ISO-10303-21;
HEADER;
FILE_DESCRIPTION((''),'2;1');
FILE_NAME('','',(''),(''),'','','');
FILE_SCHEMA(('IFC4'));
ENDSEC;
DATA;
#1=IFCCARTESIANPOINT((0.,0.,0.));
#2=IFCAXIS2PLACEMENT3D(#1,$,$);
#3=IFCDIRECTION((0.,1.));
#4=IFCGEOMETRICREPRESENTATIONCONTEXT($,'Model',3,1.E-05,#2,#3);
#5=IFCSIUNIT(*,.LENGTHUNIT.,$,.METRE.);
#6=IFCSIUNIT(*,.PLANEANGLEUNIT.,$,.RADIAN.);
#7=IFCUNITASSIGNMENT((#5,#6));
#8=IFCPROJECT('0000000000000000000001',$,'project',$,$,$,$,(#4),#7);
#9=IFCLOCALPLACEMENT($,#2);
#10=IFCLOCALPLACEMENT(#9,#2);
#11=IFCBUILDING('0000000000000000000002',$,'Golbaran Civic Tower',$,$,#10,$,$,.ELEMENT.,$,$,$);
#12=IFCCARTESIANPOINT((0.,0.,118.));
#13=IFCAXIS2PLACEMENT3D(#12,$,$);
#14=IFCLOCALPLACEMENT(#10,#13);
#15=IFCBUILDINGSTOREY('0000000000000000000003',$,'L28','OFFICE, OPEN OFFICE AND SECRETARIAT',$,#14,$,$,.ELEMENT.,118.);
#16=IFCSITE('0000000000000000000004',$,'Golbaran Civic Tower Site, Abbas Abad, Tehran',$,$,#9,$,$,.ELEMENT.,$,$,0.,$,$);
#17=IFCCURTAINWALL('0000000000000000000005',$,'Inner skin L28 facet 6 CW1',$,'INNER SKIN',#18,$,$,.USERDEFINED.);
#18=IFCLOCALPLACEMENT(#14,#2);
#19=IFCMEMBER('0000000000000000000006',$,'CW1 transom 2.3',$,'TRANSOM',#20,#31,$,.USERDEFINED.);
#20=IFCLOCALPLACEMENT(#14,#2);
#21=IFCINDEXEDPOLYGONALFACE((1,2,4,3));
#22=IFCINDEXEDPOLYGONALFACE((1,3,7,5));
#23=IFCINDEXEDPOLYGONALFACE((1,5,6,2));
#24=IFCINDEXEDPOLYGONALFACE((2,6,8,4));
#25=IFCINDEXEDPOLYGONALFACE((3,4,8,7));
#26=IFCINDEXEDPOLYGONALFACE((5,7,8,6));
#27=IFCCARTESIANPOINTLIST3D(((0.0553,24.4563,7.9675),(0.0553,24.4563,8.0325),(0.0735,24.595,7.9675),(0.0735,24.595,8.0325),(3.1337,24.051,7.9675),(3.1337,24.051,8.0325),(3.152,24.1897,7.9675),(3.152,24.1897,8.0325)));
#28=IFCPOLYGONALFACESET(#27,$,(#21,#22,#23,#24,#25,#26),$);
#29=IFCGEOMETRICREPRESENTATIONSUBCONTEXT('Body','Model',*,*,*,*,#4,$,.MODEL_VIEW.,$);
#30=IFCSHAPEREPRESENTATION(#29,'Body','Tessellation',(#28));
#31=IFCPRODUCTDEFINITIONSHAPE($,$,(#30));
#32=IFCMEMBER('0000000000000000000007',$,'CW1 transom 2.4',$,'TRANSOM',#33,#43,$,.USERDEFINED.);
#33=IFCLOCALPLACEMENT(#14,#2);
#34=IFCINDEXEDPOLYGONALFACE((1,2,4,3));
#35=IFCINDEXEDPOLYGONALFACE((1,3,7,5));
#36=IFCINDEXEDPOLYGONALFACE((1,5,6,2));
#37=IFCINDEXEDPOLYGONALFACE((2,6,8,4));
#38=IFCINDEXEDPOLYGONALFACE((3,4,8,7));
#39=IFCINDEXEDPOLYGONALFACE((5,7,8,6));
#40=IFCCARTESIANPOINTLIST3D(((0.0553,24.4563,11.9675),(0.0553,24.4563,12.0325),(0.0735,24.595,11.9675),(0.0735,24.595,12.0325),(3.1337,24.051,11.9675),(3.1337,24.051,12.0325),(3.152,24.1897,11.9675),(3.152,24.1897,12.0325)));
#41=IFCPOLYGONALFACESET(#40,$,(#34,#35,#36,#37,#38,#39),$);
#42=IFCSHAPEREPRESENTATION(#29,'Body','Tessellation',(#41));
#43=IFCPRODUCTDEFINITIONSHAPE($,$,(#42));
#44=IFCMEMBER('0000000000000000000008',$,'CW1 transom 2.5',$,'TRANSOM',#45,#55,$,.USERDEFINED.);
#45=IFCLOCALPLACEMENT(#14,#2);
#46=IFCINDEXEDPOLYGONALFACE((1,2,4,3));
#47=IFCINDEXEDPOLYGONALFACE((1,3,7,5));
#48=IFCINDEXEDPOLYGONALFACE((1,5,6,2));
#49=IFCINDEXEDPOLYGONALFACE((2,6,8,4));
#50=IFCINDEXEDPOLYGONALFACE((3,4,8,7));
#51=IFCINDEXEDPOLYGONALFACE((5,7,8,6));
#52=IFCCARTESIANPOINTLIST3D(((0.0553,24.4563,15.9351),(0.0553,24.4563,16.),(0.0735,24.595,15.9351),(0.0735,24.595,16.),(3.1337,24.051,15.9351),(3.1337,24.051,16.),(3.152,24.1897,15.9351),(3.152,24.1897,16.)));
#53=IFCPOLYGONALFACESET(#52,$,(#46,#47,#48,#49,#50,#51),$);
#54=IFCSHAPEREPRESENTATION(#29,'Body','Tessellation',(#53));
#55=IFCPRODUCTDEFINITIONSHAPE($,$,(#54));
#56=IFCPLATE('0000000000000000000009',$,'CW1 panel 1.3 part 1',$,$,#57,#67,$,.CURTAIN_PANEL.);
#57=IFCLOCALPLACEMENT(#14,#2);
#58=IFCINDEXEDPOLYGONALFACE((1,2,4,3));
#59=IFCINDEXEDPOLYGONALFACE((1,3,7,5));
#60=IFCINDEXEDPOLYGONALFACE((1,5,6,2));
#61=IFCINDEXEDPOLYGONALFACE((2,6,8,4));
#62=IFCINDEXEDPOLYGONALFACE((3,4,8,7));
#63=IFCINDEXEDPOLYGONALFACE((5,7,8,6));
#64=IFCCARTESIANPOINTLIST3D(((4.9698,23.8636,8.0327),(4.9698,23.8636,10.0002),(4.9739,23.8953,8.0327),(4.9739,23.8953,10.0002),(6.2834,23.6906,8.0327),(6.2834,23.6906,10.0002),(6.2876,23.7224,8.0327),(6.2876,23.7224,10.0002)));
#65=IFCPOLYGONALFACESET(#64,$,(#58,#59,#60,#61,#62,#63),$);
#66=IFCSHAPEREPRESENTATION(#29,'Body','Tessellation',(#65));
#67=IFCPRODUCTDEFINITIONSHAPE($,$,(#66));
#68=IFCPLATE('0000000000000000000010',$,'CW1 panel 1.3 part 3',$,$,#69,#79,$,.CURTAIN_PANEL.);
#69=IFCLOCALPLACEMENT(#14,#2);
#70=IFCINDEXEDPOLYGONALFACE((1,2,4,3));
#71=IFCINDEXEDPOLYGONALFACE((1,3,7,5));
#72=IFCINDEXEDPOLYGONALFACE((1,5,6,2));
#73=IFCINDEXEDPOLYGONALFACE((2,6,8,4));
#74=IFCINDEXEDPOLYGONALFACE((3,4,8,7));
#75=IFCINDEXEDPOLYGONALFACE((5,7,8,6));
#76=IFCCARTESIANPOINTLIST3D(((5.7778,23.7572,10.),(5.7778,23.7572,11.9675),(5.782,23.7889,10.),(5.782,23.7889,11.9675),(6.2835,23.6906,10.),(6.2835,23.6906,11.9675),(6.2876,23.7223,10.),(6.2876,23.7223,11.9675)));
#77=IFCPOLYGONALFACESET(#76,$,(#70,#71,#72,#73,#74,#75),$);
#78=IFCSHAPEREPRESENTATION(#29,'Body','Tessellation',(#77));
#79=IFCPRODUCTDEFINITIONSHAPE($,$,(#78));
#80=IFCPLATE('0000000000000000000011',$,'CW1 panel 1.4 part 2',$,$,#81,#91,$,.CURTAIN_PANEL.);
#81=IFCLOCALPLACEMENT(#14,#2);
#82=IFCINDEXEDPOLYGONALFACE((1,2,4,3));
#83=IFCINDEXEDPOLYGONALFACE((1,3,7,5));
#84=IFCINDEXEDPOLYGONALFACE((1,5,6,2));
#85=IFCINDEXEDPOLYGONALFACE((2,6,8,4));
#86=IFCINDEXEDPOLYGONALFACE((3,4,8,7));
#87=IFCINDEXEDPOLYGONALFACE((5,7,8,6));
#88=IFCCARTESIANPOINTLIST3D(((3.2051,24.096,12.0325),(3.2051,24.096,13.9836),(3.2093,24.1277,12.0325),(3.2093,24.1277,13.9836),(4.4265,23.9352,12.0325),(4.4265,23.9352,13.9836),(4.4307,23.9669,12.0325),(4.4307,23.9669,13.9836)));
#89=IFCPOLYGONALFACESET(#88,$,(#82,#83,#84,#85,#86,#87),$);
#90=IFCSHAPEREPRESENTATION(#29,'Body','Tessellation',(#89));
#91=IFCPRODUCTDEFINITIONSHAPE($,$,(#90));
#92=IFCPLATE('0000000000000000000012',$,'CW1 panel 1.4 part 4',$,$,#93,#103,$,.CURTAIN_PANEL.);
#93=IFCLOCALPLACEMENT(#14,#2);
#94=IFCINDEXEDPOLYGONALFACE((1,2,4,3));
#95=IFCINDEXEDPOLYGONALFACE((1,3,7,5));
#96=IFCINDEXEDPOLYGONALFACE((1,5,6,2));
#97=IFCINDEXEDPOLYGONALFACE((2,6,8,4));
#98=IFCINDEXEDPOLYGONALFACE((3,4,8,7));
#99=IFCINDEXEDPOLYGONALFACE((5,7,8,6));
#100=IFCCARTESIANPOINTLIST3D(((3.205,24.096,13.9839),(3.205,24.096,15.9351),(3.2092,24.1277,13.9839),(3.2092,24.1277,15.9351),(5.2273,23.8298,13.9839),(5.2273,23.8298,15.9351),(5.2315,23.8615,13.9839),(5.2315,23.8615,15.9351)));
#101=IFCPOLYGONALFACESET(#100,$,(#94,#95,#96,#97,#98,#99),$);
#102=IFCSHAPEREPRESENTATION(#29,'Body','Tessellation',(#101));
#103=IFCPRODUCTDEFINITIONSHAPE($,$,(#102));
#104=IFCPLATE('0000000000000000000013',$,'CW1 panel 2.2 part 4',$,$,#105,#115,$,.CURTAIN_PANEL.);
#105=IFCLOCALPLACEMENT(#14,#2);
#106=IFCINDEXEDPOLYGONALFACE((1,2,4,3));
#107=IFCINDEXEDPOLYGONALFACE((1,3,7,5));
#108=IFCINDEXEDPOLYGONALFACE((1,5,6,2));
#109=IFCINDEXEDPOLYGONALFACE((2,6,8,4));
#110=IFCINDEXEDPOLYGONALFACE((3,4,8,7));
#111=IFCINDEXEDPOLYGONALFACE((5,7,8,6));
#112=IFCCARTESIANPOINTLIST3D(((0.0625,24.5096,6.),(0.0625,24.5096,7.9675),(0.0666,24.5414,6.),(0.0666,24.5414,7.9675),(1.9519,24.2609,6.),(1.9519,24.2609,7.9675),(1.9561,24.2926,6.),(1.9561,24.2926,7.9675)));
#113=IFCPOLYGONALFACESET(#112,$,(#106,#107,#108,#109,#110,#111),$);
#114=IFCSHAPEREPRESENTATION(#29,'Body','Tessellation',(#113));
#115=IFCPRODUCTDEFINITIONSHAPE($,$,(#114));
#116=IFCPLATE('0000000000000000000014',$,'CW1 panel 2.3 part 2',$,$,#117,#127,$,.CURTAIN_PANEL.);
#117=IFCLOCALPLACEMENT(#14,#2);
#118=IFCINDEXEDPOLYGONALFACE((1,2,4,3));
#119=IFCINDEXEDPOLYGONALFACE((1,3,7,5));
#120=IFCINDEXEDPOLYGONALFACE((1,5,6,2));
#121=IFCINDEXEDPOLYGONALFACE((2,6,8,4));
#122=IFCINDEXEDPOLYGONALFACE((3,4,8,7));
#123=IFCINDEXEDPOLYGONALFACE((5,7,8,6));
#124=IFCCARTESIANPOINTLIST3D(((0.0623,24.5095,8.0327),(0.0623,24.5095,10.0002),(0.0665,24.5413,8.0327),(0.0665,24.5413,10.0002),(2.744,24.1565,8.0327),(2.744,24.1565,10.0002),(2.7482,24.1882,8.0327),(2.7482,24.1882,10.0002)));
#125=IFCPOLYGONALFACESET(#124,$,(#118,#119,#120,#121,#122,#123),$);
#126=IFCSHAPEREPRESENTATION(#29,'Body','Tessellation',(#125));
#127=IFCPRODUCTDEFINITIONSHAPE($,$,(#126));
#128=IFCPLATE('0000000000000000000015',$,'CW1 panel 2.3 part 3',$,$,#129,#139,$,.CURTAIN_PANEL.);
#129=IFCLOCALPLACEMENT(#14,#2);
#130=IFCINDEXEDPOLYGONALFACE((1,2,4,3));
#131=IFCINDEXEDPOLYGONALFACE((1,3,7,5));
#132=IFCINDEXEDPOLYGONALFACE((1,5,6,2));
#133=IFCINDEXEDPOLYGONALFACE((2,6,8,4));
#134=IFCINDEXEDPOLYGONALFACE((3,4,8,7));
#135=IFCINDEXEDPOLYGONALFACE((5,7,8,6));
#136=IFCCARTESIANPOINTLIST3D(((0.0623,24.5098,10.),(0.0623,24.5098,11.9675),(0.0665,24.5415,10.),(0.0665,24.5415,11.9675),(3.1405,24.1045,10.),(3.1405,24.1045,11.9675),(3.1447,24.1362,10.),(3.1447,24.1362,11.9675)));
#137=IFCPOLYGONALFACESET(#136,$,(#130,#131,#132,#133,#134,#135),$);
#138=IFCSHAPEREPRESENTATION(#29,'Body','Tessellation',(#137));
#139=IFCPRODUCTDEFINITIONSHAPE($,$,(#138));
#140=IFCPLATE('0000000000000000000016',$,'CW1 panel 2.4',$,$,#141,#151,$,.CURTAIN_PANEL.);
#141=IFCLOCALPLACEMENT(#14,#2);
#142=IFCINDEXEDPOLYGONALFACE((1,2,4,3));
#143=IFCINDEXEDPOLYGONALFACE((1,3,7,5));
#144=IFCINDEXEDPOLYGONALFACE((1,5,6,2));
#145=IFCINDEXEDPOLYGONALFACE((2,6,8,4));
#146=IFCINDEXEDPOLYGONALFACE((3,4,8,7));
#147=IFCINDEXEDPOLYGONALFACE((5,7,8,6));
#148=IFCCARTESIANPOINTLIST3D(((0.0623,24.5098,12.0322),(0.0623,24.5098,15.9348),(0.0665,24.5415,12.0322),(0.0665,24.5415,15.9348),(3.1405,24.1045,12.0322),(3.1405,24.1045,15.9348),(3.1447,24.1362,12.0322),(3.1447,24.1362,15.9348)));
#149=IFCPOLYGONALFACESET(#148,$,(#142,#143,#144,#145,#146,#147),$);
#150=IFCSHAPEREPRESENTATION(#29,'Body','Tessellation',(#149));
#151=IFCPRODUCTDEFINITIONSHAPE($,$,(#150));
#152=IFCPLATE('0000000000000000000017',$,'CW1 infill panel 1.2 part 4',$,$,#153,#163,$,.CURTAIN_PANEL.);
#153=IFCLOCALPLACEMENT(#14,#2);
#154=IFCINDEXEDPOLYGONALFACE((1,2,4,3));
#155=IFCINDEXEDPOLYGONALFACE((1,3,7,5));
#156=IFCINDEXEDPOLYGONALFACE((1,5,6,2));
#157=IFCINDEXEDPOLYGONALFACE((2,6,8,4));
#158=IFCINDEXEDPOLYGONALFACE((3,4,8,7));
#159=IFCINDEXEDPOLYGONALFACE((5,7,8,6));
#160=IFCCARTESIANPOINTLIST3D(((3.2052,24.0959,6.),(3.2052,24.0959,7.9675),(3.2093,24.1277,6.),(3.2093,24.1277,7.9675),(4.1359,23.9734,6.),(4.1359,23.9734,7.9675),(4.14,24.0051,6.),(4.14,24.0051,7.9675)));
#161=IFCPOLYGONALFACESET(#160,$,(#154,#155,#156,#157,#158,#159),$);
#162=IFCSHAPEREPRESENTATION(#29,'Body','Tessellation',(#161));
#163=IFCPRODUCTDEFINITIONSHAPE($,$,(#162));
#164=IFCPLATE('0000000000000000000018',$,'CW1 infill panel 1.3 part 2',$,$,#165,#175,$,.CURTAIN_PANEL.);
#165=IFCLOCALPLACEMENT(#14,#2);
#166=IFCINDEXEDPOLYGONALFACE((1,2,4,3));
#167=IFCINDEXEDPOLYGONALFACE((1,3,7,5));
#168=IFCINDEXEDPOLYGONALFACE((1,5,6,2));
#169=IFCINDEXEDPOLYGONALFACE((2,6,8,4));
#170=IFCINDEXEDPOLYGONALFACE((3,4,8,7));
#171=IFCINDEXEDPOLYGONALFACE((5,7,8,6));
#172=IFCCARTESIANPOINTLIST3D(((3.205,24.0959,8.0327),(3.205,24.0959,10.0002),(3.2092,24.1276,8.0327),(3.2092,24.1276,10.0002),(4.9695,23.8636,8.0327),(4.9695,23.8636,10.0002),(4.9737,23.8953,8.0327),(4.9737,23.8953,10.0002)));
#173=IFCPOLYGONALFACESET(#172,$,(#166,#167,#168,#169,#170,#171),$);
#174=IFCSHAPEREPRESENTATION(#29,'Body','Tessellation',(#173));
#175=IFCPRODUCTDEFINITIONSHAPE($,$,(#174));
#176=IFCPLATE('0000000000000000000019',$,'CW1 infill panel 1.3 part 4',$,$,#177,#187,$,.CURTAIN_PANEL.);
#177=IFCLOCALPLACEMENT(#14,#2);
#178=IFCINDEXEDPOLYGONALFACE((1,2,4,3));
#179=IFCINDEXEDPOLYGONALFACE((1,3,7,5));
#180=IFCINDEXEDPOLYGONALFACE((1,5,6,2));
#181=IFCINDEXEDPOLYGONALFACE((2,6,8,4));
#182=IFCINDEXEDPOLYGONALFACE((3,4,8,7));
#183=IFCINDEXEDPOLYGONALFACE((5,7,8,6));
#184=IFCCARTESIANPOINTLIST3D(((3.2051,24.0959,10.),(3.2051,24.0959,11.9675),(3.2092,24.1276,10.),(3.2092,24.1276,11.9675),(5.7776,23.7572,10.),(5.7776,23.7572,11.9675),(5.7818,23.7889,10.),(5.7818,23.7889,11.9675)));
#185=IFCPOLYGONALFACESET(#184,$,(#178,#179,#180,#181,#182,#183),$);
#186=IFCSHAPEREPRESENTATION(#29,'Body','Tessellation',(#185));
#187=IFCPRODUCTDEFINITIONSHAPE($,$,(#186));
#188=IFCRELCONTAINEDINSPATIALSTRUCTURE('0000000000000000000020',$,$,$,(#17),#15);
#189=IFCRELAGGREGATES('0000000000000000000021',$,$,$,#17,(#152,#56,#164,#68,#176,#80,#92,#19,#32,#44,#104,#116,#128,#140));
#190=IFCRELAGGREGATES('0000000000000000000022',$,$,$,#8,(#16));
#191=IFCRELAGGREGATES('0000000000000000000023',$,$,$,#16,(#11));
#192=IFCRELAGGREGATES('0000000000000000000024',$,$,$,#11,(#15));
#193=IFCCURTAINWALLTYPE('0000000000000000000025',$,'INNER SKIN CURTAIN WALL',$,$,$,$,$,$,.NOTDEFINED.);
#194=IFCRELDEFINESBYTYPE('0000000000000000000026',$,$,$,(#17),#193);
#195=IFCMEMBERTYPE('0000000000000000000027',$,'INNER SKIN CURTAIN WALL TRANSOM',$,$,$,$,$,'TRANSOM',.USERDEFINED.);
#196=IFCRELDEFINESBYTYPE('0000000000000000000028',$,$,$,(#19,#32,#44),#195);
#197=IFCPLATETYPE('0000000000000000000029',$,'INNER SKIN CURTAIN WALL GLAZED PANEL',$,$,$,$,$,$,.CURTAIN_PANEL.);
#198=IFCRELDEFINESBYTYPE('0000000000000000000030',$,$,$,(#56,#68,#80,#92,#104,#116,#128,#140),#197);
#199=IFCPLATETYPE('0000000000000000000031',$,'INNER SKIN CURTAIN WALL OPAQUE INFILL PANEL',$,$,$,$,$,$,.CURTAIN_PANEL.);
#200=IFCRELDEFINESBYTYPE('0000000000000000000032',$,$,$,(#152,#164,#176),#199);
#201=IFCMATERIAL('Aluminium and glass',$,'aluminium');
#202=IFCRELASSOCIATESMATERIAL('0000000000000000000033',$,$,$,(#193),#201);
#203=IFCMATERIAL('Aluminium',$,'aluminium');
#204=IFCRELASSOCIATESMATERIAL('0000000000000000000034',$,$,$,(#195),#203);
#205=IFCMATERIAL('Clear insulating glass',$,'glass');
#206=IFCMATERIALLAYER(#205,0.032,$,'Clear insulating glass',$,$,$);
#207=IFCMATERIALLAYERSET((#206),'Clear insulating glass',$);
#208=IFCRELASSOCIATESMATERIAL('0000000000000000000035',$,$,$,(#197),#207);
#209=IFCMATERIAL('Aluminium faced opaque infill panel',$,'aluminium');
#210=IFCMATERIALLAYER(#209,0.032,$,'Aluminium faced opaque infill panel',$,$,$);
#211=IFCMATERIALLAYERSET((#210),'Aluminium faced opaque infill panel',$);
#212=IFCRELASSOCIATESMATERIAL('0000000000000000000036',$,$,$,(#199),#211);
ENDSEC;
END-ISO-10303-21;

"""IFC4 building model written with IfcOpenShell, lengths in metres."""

from ifc_helpers import new_model, si_unit, direction, frame, origin, origin_2d, place, context, subcontext, project, spatial, rectangle, extrude, material, layer, layer_set, material_profile, profile_set, type_object, element, aggregate, save


model = new_model("IFC4")

# Units and contexts
model_context = context("Model", 3, precision=1e-05, world=origin(), true_north=direction((0.0, 1.0)))
body_context = subcontext(model_context, "Body", "Model", "MODEL_VIEW")
ifc_project = project(units=[si_unit("LENGTHUNIT", "METRE"), si_unit("PLANEANGLEUNIT", "RADIAN")], contexts=[model_context])

# Site, building, storey
site_placement = place(None, origin())
site = spatial("IfcSite", under=ifc_project, at=site_placement, Name="Golbaran Civic Tower Site, Abbas Abad, Tehran", CompositionType="ELEMENT", RefElevation=0.0)
building_placement = place(site_placement, origin())
building = spatial("IfcBuilding", under=site, at=building_placement, Name="Golbaran Civic Tower", CompositionType="ELEMENT")
storey_placement = place(building_placement, frame((0.0, 0.0, 118.0)))
storey = spatial("IfcBuildingStorey", under=building, at=storey_placement, Name="L28", Description="OFFICE, OPEN OFFICE AND SECRETARIAT", CompositionType="ELEMENT", Elevation=118.0)

# Curtain wall, members, plates
ifc_material_1 = material(Name="Aluminium and glass", Category="aluminium")
curtain_wall_type_1 = type_object("IfcCurtainWallType", Name="INNER SKIN CURTAIN WALL", PredefinedType="NOTDEFINED", material=ifc_material_1)
curtain_wall_1_placement = place(storey_placement, origin())
curtain_wall_1 = element("IfcCurtainWall", 1, at=curtain_wall_1_placement, inside=storey, type_object=curtain_wall_type_1, Name="Inner skin L28 facet 6 CW1", ObjectType="INNER SKIN", PredefinedType="USERDEFINED")
ifc_material_2 = material(Name="Aluminium", Category="aluminium")
ifc_material_profile = material_profile(ifc_material_2, rectangle(XDim=0.1399, YDim=0.0649, at=origin_2d()), Name="INNER SKIN CURTAIN WALL TRANSOM")
ifc_profile_set = profile_set([ifc_material_profile], Name="Aluminium")
member_type = type_object("IfcMemberType", Name="INNER SKIN CURTAIN WALL TRANSOM", ElementType="TRANSOM", PredefinedType="USERDEFINED", material=ifc_profile_set)
member_1_placement = place(storey_placement, frame((3.1428, 24.1204, 8.0), z_axis=(-0.991445, 0.130526, 0.0), x_axis=(-0.130526, -0.991445, 0.0)))
member_1 = element("IfcMember", 2, at=member_1_placement, type_object=member_type, Name="CW1 transom 2.3", ObjectType="TRANSOM", PredefinedType="USERDEFINED", context=body_context, shape_type="SweptSolid", body=[
    extrude(rectangle(XDim=0.1399, YDim=0.0649, at=origin_2d()), origin(), (0.0, 0.0, 1.0), 3.105),
])
member_2_placement = place(storey_placement, frame((3.1428, 24.1204, 12.0), z_axis=(-0.991445, 0.130526, 0.0), x_axis=(-0.130526, -0.991445, 0.0)))
member_2 = element("IfcMember", 3, at=member_2_placement, type_object=member_type, Name="CW1 transom 2.4", ObjectType="TRANSOM", PredefinedType="USERDEFINED", context=body_context, shape_type="SweptSolid", body=[
    extrude(rectangle(XDim=0.1399, YDim=0.0649, at=origin_2d()), origin(), (0.0, 0.0, 1.0), 3.105),
])
member_3_placement = place(storey_placement, frame((3.1428, 24.1204, 15.9675), z_axis=(-0.991445, 0.130526, 0.0), x_axis=(-0.130526, -0.991445, 0.0)))
member_3 = element("IfcMember", 4, at=member_3_placement, type_object=member_type, Name="CW1 transom 2.5", ObjectType="TRANSOM", PredefinedType="USERDEFINED", context=body_context, shape_type="SweptSolid", body=[
    extrude(rectangle(XDim=0.1399, YDim=0.0649, at=origin_2d()), origin(), (0.0, 0.0, 1.0), 3.105),
])
ifc_material_3 = material(Name="Clear insulating glass", Category="glass")
ifc_layer_1 = layer(ifc_material_3, 0.032, Name="Clear insulating glass")
ifc_layer_set_1 = layer_set([ifc_layer_1], Name="Clear insulating glass")
plate_type_1 = type_object("IfcPlateType", Name="INNER SKIN CURTAIN WALL GLAZED PANEL", PredefinedType="CURTAIN_PANEL", material=ifc_layer_set_1)
plate_1_placement = place(storey_placement, frame((5.6287, 23.793, 8.0327), z_axis=(0.0, 0.0, 1.0), x_axis=(-0.991445, 0.130526, 0.0)))
plate_1 = element("IfcPlate", 5, at=plate_1_placement, type_object=plate_type_1, Name="CW1 panel 1.3 part 1", PredefinedType="CURTAIN_PANEL", context=body_context, shape_type="SweptSolid", body=[
    extrude(rectangle(XDim=1.325, YDim=0.032, at=origin_2d()), origin(), (0.0, 0.0, 1.0), 1.9675),
])
plate_2_placement = place(storey_placement, frame((6.0327, 23.7397, 10.0), z_axis=(0.0, 0.0, 1.0), x_axis=(-0.991445, 0.130526, 0.0)))
plate_2 = element("IfcPlate", 6, at=plate_2_placement, type_object=plate_type_1, Name="CW1 panel 1.3 part 3", PredefinedType="CURTAIN_PANEL", context=body_context, shape_type="SweptSolid", body=[
    extrude(rectangle(XDim=0.51, YDim=0.032, at=origin_2d()), origin(), (0.0, 0.0, 1.0), 1.9675),
])
plate_3_placement = place(storey_placement, frame((3.8179, 24.0315, 12.0325), z_axis=(0.0, 0.0, 1.0), x_axis=(-0.991445, 0.130526, 0.0)))
plate_3 = element("IfcPlate", 7, at=plate_3_placement, type_object=plate_type_1, Name="CW1 panel 1.4 part 2", PredefinedType="CURTAIN_PANEL", context=body_context, shape_type="SweptSolid", body=[
    extrude(rectangle(XDim=1.2319, YDim=0.032, at=origin_2d()), origin(), (0.0, 0.0, 1.0), 1.9512),
])
plate_4_placement = place(storey_placement, frame((4.2183, 23.9788, 13.9839), z_axis=(0.0, 0.0, 1.0), x_axis=(-0.991445, 0.130526, 0.0)))
plate_4 = element("IfcPlate", 8, at=plate_4_placement, type_object=plate_type_1, Name="CW1 panel 1.4 part 4", PredefinedType="CURTAIN_PANEL", context=body_context, shape_type="SweptSolid", body=[
    extrude(rectangle(XDim=2.0398, YDim=0.032, at=origin_2d()), origin(), (0.0, 0.0, 1.0), 1.9512),
])
plate_5_placement = place(storey_placement, frame((1.0093, 24.4011, 6.0), z_axis=(0.0, 0.0, 1.0), x_axis=(-0.991445, 0.130526, 0.0)))
plate_5 = element("IfcPlate", 9, at=plate_5_placement, type_object=plate_type_1, Name="CW1 panel 2.2 part 4", PredefinedType="CURTAIN_PANEL", context=body_context, shape_type="SweptSolid", body=[
    extrude(rectangle(XDim=1.9058, YDim=0.032, at=origin_2d()), origin(), (0.0, 0.0, 1.0), 1.9675),
])
plate_6_placement = place(storey_placement, frame((1.4053, 24.3489, 8.0327), z_axis=(0.0, 0.0, 1.0), x_axis=(-0.991445, 0.130526, 0.0)))
plate_6 = element("IfcPlate", 10, at=plate_6_placement, type_object=plate_type_1, Name="CW1 panel 2.3 part 2", PredefinedType="CURTAIN_PANEL", context=body_context, shape_type="SweptSolid", body=[
    extrude(rectangle(XDim=2.7048, YDim=0.032, at=origin_2d()), origin(), (0.0, 0.0, 1.0), 1.9675),
])
plate_7_placement = place(storey_placement, frame((1.6035, 24.323, 10.0), z_axis=(0.0, 0.0, 1.0), x_axis=(-0.991445, 0.130526, 0.0)))
plate_7 = element("IfcPlate", 11, at=plate_7_placement, type_object=plate_type_1, Name="CW1 panel 2.3 part 3", PredefinedType="CURTAIN_PANEL", context=body_context, shape_type="SweptSolid", body=[
    extrude(rectangle(XDim=3.1047, YDim=0.032, at=origin_2d()), origin(), (0.0, 0.0, 1.0), 1.9675),
])
plate_8_placement = place(storey_placement, frame((1.6035, 24.323, 12.0322), z_axis=(0.0, 0.0, 1.0), x_axis=(-0.991445, 0.130526, 0.0)))
plate_8 = element("IfcPlate", 12, at=plate_8_placement, type_object=plate_type_1, Name="CW1 panel 2.4", PredefinedType="CURTAIN_PANEL", context=body_context, shape_type="SweptSolid", body=[
    extrude(rectangle(XDim=3.1047, YDim=0.032, at=origin_2d()), origin(), (0.0, 0.0, 1.0), 3.9026),
])
ifc_material_4 = material(Name="Aluminium faced opaque infill panel", Category="aluminium")
ifc_layer_2 = layer(ifc_material_4, 0.032, Name="Aluminium faced opaque infill panel")
ifc_layer_set_2 = layer_set([ifc_layer_2], Name="Aluminium faced opaque infill panel")
plate_type_2 = type_object("IfcPlateType", Name="INNER SKIN CURTAIN WALL OPAQUE INFILL PANEL", PredefinedType="CURTAIN_PANEL", material=ifc_layer_set_2)
plate_9_placement = place(storey_placement, frame((3.6726, 24.0505, 6.0), z_axis=(0.0, 0.0, 1.0), x_axis=(-0.991445, 0.130526, 0.0)))
plate_9 = element("IfcPlate", 13, at=plate_9_placement, type_object=plate_type_2, Name="CW1 infill panel 1.2 part 4", PredefinedType="CURTAIN_PANEL", context=body_context, shape_type="SweptSolid", body=[
    extrude(rectangle(XDim=0.9387, YDim=0.032, at=origin_2d()), origin(), (0.0, 0.0, 1.0), 1.9675),
])
plate_10_placement = place(storey_placement, frame((4.0894, 23.9956, 8.0327), z_axis=(0.0, 0.0, 1.0), x_axis=(-0.991445, 0.130526, 0.0)))
plate_10 = element("IfcPlate", 14, at=plate_10_placement, type_object=plate_type_2, Name="CW1 infill panel 1.3 part 2", PredefinedType="CURTAIN_PANEL", context=body_context, shape_type="SweptSolid", body=[
    extrude(rectangle(XDim=1.7798, YDim=0.032, at=origin_2d()), origin(), (0.0, 0.0, 1.0), 1.9675),
])
plate_11_placement = place(storey_placement, frame((4.4934, 23.9424, 10.0), z_axis=(0.0, 0.0, 1.0), x_axis=(-0.991445, 0.130526, 0.0)))
plate_11 = element("IfcPlate", 15, at=plate_11_placement, type_object=plate_type_2, Name="CW1 infill panel 1.3 part 4", PredefinedType="CURTAIN_PANEL", context=body_context, shape_type="SweptSolid", body=[
    extrude(rectangle(XDim=2.5947, YDim=0.032, at=origin_2d()), origin(), (0.0, 0.0, 1.0), 1.9675),
])
aggregate(curtain_wall_1, [plate_9, plate_1, plate_10, plate_2, plate_11, plate_3, plate_4, member_1, member_2, member_3, plate_5, plate_6, plate_7, plate_8])

save(model, "model.ifc")
